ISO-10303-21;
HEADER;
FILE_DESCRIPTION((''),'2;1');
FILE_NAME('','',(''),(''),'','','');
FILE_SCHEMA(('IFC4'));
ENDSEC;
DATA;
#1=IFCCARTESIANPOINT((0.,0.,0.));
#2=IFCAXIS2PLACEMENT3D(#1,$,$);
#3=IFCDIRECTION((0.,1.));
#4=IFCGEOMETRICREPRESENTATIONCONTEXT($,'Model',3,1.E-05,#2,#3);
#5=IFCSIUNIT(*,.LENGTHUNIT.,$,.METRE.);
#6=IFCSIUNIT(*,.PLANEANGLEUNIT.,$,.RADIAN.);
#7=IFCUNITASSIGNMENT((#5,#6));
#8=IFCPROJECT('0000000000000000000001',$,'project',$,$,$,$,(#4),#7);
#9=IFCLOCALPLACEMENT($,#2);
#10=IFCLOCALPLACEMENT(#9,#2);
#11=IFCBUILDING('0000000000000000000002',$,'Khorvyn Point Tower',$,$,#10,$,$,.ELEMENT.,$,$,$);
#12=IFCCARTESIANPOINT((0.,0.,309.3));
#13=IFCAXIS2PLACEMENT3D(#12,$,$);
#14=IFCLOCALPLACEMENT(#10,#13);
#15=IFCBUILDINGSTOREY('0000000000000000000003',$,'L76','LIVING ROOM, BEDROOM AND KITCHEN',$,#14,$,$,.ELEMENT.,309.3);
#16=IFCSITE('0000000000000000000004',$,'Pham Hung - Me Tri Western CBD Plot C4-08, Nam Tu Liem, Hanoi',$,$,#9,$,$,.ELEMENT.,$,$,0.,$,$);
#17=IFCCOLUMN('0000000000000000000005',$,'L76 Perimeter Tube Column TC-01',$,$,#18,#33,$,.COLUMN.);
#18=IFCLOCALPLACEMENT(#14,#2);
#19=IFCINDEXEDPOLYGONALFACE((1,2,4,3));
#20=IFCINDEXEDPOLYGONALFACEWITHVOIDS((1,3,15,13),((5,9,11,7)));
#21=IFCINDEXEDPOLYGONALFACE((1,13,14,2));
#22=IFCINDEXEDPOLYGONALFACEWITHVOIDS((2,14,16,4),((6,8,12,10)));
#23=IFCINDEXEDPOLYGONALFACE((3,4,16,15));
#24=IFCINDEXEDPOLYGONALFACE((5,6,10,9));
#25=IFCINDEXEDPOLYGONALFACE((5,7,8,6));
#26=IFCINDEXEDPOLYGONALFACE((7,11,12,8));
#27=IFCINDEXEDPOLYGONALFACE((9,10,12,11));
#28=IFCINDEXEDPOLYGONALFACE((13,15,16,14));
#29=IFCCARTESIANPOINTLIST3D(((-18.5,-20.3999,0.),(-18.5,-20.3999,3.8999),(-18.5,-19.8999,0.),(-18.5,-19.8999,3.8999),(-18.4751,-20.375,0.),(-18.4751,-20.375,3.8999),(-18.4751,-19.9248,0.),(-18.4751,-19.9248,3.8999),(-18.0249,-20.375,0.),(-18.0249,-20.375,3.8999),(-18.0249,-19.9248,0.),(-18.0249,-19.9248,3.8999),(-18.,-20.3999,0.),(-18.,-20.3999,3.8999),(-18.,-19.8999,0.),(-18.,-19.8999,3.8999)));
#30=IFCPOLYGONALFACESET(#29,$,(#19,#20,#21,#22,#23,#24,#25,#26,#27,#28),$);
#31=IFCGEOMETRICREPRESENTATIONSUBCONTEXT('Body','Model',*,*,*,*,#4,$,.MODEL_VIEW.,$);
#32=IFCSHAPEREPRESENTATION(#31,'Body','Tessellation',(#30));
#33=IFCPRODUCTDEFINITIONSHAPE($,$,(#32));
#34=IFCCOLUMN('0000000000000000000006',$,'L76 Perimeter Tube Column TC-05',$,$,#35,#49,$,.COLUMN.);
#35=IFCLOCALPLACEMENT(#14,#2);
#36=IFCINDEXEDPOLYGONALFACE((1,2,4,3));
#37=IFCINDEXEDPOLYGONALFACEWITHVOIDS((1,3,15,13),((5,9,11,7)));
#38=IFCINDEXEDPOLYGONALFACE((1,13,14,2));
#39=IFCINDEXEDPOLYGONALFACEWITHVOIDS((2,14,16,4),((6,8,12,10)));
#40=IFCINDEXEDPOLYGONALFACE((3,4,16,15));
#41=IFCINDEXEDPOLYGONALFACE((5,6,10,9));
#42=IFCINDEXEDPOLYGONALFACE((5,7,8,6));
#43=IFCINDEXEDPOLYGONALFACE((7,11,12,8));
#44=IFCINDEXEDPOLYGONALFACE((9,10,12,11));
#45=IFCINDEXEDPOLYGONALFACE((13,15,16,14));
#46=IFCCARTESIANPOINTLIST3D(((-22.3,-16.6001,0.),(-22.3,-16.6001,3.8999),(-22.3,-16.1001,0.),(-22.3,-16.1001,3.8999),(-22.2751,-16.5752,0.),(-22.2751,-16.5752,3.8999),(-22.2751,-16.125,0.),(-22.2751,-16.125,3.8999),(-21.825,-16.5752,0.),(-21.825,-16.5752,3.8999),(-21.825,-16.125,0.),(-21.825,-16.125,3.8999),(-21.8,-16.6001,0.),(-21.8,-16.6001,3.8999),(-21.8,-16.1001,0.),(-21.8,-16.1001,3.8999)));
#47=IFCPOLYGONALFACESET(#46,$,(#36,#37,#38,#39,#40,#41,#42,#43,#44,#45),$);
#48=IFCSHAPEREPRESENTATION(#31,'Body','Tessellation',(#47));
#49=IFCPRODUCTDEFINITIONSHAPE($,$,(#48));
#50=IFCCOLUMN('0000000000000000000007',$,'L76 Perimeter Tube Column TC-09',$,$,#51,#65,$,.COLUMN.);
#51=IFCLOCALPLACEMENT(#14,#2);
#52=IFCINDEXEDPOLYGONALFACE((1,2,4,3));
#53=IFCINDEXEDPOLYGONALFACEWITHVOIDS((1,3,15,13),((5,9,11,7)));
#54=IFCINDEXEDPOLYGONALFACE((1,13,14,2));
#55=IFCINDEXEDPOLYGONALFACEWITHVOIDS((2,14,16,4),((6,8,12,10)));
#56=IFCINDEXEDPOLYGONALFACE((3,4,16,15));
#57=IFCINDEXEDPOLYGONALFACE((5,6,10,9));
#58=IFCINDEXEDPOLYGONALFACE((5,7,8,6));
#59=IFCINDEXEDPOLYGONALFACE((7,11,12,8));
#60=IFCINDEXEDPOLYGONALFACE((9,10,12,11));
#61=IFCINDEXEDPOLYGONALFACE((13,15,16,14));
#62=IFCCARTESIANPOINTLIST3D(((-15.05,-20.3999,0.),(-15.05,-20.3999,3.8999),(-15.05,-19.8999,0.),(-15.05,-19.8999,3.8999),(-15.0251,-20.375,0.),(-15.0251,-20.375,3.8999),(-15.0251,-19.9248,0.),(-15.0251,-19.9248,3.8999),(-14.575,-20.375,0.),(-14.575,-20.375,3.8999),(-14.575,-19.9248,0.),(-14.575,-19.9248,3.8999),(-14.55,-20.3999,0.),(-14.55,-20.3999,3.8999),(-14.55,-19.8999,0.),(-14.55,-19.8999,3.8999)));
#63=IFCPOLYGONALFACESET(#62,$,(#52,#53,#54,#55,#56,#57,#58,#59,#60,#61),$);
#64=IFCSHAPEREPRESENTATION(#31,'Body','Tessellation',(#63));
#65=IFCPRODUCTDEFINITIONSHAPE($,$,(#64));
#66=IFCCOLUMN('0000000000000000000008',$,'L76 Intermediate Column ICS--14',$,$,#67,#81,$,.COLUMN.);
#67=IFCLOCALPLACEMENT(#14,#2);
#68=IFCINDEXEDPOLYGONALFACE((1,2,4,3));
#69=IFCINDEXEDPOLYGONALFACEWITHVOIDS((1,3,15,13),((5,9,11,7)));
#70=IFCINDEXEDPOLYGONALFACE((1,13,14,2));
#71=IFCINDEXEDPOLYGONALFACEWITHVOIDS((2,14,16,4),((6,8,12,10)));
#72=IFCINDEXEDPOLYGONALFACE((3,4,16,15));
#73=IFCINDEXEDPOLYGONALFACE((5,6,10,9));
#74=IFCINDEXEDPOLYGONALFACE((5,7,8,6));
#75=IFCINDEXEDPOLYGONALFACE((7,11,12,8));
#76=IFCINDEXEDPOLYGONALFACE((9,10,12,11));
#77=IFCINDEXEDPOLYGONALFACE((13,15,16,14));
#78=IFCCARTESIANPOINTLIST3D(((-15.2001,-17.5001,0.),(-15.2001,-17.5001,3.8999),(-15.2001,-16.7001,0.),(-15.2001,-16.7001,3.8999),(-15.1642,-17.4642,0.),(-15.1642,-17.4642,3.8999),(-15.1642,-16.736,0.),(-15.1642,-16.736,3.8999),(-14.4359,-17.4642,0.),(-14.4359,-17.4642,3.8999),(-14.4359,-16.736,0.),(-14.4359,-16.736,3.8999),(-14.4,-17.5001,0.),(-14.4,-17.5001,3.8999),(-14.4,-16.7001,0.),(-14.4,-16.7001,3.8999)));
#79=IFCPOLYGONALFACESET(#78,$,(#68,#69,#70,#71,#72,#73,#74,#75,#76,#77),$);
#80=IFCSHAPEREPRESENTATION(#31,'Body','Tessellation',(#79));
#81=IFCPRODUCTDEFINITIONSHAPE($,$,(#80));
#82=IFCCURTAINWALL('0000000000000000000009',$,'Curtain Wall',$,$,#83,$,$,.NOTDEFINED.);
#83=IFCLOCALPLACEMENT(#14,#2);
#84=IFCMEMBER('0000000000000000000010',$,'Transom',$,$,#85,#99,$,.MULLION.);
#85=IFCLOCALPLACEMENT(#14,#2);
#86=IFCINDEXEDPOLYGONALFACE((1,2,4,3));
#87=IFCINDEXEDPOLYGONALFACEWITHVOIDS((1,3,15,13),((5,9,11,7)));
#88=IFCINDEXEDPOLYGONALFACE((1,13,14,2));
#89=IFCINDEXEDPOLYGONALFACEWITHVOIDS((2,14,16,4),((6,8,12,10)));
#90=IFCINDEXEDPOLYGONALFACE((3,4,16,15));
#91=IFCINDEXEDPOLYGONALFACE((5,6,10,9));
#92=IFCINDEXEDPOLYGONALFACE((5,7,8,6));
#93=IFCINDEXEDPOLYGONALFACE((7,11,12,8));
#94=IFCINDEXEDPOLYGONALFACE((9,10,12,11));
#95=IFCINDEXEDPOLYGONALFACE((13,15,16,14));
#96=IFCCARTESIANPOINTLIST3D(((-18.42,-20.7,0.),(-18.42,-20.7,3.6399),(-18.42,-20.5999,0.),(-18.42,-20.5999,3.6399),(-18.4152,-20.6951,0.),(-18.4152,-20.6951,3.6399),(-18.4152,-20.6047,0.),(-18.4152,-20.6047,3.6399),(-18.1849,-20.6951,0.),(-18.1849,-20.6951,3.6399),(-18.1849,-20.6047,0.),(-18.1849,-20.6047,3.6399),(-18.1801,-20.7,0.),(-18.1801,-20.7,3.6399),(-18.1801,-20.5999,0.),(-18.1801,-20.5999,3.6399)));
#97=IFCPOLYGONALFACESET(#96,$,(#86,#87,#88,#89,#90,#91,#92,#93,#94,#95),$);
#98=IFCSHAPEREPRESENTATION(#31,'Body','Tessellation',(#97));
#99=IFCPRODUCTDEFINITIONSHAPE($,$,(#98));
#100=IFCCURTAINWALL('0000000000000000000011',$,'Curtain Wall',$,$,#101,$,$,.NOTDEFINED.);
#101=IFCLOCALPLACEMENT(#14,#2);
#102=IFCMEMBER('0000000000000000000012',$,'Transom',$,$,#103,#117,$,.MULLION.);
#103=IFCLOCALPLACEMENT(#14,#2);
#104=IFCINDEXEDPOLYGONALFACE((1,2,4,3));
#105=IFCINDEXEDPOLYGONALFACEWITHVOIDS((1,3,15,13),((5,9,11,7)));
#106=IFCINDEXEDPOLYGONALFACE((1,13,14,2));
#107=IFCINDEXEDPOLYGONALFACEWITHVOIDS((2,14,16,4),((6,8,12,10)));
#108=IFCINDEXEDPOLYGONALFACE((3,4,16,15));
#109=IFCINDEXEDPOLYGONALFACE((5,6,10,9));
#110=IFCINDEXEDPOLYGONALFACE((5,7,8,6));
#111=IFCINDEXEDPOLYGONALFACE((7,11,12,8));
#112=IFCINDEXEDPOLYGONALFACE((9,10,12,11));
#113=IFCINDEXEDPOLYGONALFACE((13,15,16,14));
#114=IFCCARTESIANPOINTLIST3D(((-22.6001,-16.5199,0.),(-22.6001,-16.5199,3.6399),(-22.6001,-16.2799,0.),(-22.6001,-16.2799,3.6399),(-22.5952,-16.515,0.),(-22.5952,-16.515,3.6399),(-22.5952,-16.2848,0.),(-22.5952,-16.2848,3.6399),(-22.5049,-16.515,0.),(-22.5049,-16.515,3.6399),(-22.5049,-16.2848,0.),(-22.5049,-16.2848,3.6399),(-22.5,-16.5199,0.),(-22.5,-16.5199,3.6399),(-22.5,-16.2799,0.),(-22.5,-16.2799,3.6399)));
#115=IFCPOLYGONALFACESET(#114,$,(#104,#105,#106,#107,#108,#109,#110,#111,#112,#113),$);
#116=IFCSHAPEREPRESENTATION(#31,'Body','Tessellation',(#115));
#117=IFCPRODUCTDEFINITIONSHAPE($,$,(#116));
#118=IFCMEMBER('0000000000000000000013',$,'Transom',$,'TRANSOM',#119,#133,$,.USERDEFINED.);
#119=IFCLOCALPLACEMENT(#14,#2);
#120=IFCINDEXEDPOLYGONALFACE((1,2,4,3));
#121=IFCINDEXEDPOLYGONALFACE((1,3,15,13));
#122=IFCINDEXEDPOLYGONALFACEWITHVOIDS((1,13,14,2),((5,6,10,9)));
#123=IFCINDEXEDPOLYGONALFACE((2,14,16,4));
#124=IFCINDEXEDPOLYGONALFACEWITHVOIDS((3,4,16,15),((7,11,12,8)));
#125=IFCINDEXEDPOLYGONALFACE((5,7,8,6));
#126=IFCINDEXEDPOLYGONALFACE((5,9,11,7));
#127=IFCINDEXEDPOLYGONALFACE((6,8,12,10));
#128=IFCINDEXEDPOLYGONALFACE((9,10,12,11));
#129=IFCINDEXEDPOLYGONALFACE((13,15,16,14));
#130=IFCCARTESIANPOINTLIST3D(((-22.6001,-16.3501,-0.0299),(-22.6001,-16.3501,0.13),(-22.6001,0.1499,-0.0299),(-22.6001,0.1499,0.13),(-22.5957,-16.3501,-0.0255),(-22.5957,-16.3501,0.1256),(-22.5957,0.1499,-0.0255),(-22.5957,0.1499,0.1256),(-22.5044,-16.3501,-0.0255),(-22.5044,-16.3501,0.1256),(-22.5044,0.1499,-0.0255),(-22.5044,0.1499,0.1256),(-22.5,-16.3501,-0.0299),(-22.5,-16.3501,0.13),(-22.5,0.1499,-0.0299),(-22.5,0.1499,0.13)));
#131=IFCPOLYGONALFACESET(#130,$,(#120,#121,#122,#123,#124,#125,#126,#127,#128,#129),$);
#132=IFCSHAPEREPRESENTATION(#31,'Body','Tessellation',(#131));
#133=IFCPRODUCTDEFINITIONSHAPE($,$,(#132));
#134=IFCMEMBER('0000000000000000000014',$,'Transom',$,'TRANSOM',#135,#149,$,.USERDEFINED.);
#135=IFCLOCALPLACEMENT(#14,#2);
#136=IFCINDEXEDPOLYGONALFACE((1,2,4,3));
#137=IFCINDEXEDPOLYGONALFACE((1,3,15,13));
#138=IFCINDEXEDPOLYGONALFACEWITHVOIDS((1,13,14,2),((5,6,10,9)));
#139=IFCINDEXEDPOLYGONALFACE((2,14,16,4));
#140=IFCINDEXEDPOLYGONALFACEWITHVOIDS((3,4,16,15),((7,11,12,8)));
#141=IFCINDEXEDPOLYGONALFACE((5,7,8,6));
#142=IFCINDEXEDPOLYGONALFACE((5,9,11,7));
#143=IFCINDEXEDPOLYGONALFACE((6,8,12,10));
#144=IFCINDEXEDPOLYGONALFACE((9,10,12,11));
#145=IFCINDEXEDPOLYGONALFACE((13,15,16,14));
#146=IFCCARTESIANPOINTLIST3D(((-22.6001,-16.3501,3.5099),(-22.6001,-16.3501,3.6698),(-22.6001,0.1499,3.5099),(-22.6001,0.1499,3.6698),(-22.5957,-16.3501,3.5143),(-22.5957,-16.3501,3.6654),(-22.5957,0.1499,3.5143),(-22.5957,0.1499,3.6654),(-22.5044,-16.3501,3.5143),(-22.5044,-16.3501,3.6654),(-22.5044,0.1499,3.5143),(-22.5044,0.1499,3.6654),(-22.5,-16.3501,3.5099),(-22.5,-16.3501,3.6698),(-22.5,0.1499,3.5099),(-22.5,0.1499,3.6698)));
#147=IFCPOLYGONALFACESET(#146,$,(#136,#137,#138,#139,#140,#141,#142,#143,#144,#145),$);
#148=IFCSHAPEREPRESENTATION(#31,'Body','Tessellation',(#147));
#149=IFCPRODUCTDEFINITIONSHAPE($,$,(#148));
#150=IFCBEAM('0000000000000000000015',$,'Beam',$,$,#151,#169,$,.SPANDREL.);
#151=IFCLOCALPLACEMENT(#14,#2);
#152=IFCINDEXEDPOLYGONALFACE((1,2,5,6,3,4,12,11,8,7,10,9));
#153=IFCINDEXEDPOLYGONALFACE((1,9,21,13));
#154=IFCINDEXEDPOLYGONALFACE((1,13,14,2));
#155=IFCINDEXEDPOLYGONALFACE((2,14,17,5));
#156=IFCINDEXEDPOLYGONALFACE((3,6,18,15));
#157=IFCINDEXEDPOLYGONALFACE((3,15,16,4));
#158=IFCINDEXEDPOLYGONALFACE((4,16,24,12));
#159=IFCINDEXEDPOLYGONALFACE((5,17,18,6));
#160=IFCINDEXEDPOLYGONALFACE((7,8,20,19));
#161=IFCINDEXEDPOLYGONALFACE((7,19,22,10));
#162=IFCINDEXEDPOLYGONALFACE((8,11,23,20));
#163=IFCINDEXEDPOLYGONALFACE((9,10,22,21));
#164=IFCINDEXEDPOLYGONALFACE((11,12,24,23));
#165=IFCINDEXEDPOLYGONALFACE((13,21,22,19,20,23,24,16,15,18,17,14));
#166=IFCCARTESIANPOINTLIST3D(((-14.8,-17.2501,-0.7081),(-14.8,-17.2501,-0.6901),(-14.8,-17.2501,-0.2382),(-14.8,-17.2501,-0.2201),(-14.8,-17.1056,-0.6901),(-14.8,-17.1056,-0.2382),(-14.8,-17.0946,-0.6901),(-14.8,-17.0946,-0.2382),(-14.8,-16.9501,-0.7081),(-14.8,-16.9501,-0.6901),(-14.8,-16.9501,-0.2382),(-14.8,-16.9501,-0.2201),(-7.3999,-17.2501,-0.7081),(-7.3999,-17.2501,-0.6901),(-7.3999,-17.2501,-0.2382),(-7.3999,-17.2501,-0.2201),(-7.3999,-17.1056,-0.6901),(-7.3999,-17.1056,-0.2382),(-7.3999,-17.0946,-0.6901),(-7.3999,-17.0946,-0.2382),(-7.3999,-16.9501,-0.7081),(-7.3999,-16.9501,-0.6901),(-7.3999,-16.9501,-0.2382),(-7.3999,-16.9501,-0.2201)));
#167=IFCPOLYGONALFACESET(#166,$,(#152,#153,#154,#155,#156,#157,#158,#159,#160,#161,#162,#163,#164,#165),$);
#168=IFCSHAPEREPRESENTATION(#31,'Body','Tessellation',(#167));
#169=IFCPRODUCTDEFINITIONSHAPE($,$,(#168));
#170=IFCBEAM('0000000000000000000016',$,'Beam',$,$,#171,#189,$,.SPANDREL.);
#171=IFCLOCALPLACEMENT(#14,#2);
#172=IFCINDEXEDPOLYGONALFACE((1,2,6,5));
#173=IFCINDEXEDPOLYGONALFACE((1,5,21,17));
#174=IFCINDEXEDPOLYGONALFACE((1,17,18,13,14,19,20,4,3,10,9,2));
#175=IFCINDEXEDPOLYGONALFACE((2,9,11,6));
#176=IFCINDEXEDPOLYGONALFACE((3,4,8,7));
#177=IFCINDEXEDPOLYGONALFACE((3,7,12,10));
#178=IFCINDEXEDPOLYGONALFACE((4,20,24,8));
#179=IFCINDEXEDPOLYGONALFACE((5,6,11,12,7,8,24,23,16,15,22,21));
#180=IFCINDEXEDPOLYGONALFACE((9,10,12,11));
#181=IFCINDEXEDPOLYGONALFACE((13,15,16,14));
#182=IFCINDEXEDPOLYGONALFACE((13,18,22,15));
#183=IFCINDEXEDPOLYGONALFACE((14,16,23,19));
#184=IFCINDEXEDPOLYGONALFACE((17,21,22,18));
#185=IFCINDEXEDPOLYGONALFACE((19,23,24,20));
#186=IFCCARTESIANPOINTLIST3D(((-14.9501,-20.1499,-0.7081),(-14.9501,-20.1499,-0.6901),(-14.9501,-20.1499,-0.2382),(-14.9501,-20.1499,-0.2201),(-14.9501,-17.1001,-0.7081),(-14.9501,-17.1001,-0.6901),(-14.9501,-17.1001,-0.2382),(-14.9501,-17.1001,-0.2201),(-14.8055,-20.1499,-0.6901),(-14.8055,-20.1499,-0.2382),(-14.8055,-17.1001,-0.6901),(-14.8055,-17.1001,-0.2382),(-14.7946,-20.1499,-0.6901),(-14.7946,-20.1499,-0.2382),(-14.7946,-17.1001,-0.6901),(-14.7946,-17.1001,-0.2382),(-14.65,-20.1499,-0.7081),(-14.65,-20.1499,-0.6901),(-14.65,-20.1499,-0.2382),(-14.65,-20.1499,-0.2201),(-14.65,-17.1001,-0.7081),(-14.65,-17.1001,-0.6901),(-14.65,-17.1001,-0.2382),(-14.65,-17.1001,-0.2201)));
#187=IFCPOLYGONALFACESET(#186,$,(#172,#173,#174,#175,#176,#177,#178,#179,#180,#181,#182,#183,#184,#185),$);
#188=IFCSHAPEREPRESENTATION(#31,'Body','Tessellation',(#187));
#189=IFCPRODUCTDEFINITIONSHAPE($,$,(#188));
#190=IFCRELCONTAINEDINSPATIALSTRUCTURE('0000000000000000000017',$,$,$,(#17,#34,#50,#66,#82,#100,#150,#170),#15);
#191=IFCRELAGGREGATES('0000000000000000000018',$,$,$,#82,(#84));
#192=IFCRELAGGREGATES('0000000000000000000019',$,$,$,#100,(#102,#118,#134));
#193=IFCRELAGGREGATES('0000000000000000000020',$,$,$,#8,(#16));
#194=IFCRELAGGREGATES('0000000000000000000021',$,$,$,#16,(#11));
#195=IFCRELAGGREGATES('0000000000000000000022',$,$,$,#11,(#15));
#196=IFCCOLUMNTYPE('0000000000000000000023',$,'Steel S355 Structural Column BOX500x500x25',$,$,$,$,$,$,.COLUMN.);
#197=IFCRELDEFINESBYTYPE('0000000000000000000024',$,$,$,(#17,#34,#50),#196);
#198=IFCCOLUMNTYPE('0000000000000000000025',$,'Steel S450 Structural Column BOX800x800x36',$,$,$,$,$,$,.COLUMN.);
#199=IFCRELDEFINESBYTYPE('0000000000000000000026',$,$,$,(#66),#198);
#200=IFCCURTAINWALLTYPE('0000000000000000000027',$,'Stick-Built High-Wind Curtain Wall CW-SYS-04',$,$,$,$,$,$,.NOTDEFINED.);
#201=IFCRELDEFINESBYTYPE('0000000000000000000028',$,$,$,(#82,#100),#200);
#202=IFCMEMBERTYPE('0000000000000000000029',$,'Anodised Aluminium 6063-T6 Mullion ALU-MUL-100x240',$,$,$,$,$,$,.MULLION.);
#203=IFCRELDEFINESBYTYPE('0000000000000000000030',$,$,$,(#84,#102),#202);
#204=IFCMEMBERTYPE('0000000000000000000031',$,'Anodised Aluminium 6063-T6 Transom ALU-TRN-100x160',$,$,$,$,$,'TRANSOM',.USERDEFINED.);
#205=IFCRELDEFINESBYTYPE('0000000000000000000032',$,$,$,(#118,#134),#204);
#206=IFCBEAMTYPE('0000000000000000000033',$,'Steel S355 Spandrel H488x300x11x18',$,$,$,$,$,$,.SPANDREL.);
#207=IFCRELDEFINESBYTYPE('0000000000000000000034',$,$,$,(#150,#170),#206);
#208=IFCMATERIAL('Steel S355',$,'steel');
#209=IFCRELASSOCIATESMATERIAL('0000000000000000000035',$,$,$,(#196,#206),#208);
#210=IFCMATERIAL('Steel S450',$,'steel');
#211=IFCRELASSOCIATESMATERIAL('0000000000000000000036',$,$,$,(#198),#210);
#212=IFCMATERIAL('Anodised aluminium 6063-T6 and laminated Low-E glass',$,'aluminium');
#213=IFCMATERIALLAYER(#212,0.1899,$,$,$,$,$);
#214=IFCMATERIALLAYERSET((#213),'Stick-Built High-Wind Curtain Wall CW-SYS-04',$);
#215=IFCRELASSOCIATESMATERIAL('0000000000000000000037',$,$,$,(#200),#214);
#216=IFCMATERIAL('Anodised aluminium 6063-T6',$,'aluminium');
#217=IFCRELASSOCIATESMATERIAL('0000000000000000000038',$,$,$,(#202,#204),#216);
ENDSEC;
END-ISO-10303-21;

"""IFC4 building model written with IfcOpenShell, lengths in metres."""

from ifc_helpers import new_model, si_unit, direction, frame, origin, origin_2d, place, context, subcontext, project, spatial, hollow_rectangle, i_section, extrude, material, layer, layer_set, material_profile, profile_set, type_object, element, aggregate, save


model = new_model("IFC4")

# Units and contexts
model_context = context("Model", 3, precision=1e-05, world=origin(), true_north=direction((0.0, 1.0)))
body_context = subcontext(model_context, "Body", "Model", "MODEL_VIEW")
ifc_project = project(units=[si_unit("LENGTHUNIT", "METRE"), si_unit("PLANEANGLEUNIT", "RADIAN")], contexts=[model_context])

# Site, building, storey
site_placement = place(None, origin())
site = spatial("IfcSite", under=ifc_project, at=site_placement, Name="Pham Hung - Me Tri Western CBD Plot C4-08, Nam Tu Liem, Hanoi", CompositionType="ELEMENT", RefElevation=0.0)
building_placement = place(site_placement, origin())
building = spatial("IfcBuilding", under=site, at=building_placement, Name="Khorvyn Point Tower", CompositionType="ELEMENT")
storey_placement = place(building_placement, frame((0.0, 0.0, 309.3)))
storey = spatial("IfcBuildingStorey", under=building, at=storey_placement, Name="L76", Description="LIVING ROOM, BEDROOM AND KITCHEN", CompositionType="ELEMENT", Elevation=309.3)

# Columns
ifc_material_1 = material(Name="Steel S355", Category="steel")
ifc_material_profile_1 = material_profile(ifc_material_1, hollow_rectangle(XDim=0.5, YDim=0.5, WallThickness=0.0249, at=origin_2d()))
ifc_profile_set_1 = profile_set([ifc_material_profile_1], Name="Steel S355 BOX500x500x25")
column_type_1 = type_object("IfcColumnType", Name="Steel S355 Structural Column BOX500x500x25", PredefinedType="COLUMN", material=ifc_profile_set_1)
for number, where, z_axis, x_axis, name in (
    (1, (-18.25, -20.1499, 0.0), (0.0, 0.0, 1.0), (1.0, 0.0, 0.0), "L76 Perimeter Tube Column TC-01"),
    (2, (-22.05, -16.3501, 0.0), (0.0, 0.0, 1.0), (1.0, 0.0, 0.0), "L76 Perimeter Tube Column TC-05"),
    (3, (-14.8, -20.1499, 0.0), (0.0, 0.0, 1.0), (1.0, 0.0, 0.0), "L76 Perimeter Tube Column TC-09"),
):
    element("IfcColumn", number, at=place(storey_placement, frame(where, z_axis=z_axis, x_axis=x_axis)), inside=storey, type_object=column_type_1, Name=name, PredefinedType="COLUMN", context=body_context, shape_type="SweptSolid", body=[
        extrude(hollow_rectangle(XDim=0.5, YDim=0.5, WallThickness=0.0249, at=origin_2d()), origin(), (0.0, 0.0, 1.0), 3.8999),
    ])
ifc_material_2 = material(Name="Steel S450", Category="steel")
ifc_material_profile_2 = material_profile(ifc_material_2, hollow_rectangle(XDim=0.8, YDim=0.8, WallThickness=0.0359, at=origin_2d()))
ifc_profile_set_2 = profile_set([ifc_material_profile_2], Name="Steel S450 BOX800x800x36")
column_type_2 = type_object("IfcColumnType", Name="Steel S450 Structural Column BOX800x800x36", PredefinedType="COLUMN", material=ifc_profile_set_2)
column_placement = place(storey_placement, frame((-14.8, -17.1001, 0.0), z_axis=(0.0, 0.0, 1.0), x_axis=(1.0, 0.0, 0.0)))
element("IfcColumn", 4, at=column_placement, inside=storey, type_object=column_type_2, Name="L76 Intermediate Column ICS--14", PredefinedType="COLUMN", context=body_context, shape_type="SweptSolid", body=[
    extrude(hollow_rectangle(XDim=0.8, YDim=0.8, WallThickness=0.0359, at=origin_2d()), origin(), (0.0, 0.0, 1.0), 3.8999),
])

# Curtain wall, member
ifc_material_3 = material(Name="Anodised aluminium 6063-T6 and laminated Low-E glass", Category="aluminium")
ifc_layer_1 = layer(ifc_material_3, 0.1899)
ifc_layer_set_1 = layer_set([ifc_layer_1], Name="Stick-Built High-Wind Curtain Wall CW-SYS-04")
curtain_wall_type = type_object("IfcCurtainWallType", Name="Stick-Built High-Wind Curtain Wall CW-SYS-04", PredefinedType="NOTDEFINED", material=ifc_layer_set_1)
curtain_wall_1_placement = place(storey_placement, origin())
curtain_wall_1 = element("IfcCurtainWall", 5, at=curtain_wall_1_placement, inside=storey, type_object=curtain_wall_type, Name="Curtain Wall", PredefinedType="NOTDEFINED")
ifc_material_4 = material(Name="Anodised aluminium 6063-T6", Category="aluminium")
ifc_material_profile_3 = material_profile(ifc_material_4, hollow_rectangle(XDim=0.1001, YDim=0.24, WallThickness=0.0049, at=origin_2d()))
ifc_profile_set_3 = profile_set([ifc_material_profile_3], Name="Anodised aluminium 6063-T6 ALU-MUL-100x240")
member_type_1 = type_object("IfcMemberType", Name="Anodised Aluminium 6063-T6 Mullion ALU-MUL-100x240", PredefinedType="MULLION", material=ifc_profile_set_3)
member_1_placement = place(storey_placement, frame((-18.3, -20.6499, 0.0), z_axis=(0.0, 0.0, 1.0), x_axis=(0.0, -1.0, 0.0)))
member_1 = element("IfcMember", 6, at=member_1_placement, type_object=member_type_1, Name="Transom", PredefinedType="MULLION", context=body_context, shape_type="SweptSolid", body=[
    extrude(hollow_rectangle(XDim=0.1001, YDim=0.24, WallThickness=0.0049, at=origin_2d()), origin(), (0.0, 0.0, 1.0), 3.6399),
])
aggregate(curtain_wall_1, [member_1])

# Curtain wall, members
curtain_wall_2_placement = place(storey_placement, origin())
curtain_wall_2 = element("IfcCurtainWall", 7, at=curtain_wall_2_placement, inside=storey, type_object=curtain_wall_type, Name="Curtain Wall", PredefinedType="NOTDEFINED")
member_2_placement = place(storey_placement, frame((-22.55, -16.3999, 0.0), z_axis=(0.0, 0.0, 1.0), x_axis=(-1.0, 0.0, 0.0)))
member_2 = element("IfcMember", 8, at=member_2_placement, type_object=member_type_1, Name="Transom", PredefinedType="MULLION", context=body_context, shape_type="SweptSolid", body=[
    extrude(hollow_rectangle(XDim=0.1001, YDim=0.24, WallThickness=0.0049, at=origin_2d()), origin(), (0.0, 0.0, 1.0), 3.6399),
])
ifc_material_profile_4 = material_profile(ifc_material_4, hollow_rectangle(XDim=0.1001, YDim=0.1599, WallThickness=0.0044, at=origin_2d()))
ifc_profile_set_4 = profile_set([ifc_material_profile_4], Name="Anodised aluminium 6063-T6 ALU-TRN-100x160")
member_type_2 = type_object("IfcMemberType", Name="Anodised Aluminium 6063-T6 Transom ALU-TRN-100x160", ElementType="TRANSOM", PredefinedType="USERDEFINED", material=ifc_profile_set_4)
member_3_placement = place(storey_placement, frame((-22.55, -16.3501, 0.05), z_axis=(0.0, 1.0, 0.0), x_axis=(-1.0, 0.0, 0.0)))
member_3 = element("IfcMember", 9, at=member_3_placement, type_object=member_type_2, Name="Transom", ObjectType="TRANSOM", PredefinedType="USERDEFINED", context=body_context, shape_type="SweptSolid", body=[
    extrude(hollow_rectangle(XDim=0.1001, YDim=0.1599, WallThickness=0.0044, at=origin_2d()), origin(), (0.0, 0.0, 1.0), 16.5),
])
member_4_placement = place(storey_placement, frame((-22.55, -16.3501, 3.5898), z_axis=(0.0, 1.0, 0.0), x_axis=(-1.0, 0.0, 0.0)))
member_4 = element("IfcMember", 10, at=member_4_placement, type_object=member_type_2, Name="Transom", ObjectType="TRANSOM", PredefinedType="USERDEFINED", context=body_context, shape_type="SweptSolid", body=[
    extrude(hollow_rectangle(XDim=0.1001, YDim=0.1599, WallThickness=0.0044, at=origin_2d()), origin(), (0.0, 0.0, 1.0), 16.5),
])
aggregate(curtain_wall_2, [member_2, member_3, member_4])

# Beams
ifc_material_profile_5 = material_profile(ifc_material_1, i_section(OverallWidth=0.3, OverallDepth=0.488, WebThickness=0.011, FlangeThickness=0.0181, at=origin_2d()))
ifc_profile_set_5 = profile_set([ifc_material_profile_5], Name="Steel S355 H488x300x11x18")
beam_type_1 = type_object("IfcBeamType", Name="Steel S355 Spandrel H488x300x11x18", PredefinedType="SPANDREL", material=ifc_profile_set_5)
beam_1_placement = place(storey_placement, frame((-14.8, -17.1001, -0.4641), z_axis=(1.0, 0.0, 0.0), x_axis=(0.0, 1.0, 0.0)))
element("IfcBeam", 11, at=beam_1_placement, inside=storey, type_object=beam_type_1, Name="Beam", PredefinedType="SPANDREL", context=body_context, shape_type="SweptSolid", body=[
    extrude(i_section(OverallWidth=0.3, OverallDepth=0.488, WebThickness=0.011, FlangeThickness=0.0181, at=origin_2d()), origin(), (0.0, 0.0, 1.0), 7.4001),
])
beam_2_placement = place(storey_placement, frame((-14.8, -20.1499, -0.4641), z_axis=(0.0, 1.0, 0.0), x_axis=(-1.0, 0.0, 0.0)))
element("IfcBeam", 12, at=beam_2_placement, inside=storey, type_object=beam_type_1, Name="Beam", PredefinedType="SPANDREL", context=body_context, shape_type="SweptSolid", body=[
    extrude(i_section(OverallWidth=0.3, OverallDepth=0.488, WebThickness=0.011, FlangeThickness=0.0181, at=origin_2d()), origin(), (0.0, 0.0, 1.0), 3.0498),
])

save(model, "model.ifc")
